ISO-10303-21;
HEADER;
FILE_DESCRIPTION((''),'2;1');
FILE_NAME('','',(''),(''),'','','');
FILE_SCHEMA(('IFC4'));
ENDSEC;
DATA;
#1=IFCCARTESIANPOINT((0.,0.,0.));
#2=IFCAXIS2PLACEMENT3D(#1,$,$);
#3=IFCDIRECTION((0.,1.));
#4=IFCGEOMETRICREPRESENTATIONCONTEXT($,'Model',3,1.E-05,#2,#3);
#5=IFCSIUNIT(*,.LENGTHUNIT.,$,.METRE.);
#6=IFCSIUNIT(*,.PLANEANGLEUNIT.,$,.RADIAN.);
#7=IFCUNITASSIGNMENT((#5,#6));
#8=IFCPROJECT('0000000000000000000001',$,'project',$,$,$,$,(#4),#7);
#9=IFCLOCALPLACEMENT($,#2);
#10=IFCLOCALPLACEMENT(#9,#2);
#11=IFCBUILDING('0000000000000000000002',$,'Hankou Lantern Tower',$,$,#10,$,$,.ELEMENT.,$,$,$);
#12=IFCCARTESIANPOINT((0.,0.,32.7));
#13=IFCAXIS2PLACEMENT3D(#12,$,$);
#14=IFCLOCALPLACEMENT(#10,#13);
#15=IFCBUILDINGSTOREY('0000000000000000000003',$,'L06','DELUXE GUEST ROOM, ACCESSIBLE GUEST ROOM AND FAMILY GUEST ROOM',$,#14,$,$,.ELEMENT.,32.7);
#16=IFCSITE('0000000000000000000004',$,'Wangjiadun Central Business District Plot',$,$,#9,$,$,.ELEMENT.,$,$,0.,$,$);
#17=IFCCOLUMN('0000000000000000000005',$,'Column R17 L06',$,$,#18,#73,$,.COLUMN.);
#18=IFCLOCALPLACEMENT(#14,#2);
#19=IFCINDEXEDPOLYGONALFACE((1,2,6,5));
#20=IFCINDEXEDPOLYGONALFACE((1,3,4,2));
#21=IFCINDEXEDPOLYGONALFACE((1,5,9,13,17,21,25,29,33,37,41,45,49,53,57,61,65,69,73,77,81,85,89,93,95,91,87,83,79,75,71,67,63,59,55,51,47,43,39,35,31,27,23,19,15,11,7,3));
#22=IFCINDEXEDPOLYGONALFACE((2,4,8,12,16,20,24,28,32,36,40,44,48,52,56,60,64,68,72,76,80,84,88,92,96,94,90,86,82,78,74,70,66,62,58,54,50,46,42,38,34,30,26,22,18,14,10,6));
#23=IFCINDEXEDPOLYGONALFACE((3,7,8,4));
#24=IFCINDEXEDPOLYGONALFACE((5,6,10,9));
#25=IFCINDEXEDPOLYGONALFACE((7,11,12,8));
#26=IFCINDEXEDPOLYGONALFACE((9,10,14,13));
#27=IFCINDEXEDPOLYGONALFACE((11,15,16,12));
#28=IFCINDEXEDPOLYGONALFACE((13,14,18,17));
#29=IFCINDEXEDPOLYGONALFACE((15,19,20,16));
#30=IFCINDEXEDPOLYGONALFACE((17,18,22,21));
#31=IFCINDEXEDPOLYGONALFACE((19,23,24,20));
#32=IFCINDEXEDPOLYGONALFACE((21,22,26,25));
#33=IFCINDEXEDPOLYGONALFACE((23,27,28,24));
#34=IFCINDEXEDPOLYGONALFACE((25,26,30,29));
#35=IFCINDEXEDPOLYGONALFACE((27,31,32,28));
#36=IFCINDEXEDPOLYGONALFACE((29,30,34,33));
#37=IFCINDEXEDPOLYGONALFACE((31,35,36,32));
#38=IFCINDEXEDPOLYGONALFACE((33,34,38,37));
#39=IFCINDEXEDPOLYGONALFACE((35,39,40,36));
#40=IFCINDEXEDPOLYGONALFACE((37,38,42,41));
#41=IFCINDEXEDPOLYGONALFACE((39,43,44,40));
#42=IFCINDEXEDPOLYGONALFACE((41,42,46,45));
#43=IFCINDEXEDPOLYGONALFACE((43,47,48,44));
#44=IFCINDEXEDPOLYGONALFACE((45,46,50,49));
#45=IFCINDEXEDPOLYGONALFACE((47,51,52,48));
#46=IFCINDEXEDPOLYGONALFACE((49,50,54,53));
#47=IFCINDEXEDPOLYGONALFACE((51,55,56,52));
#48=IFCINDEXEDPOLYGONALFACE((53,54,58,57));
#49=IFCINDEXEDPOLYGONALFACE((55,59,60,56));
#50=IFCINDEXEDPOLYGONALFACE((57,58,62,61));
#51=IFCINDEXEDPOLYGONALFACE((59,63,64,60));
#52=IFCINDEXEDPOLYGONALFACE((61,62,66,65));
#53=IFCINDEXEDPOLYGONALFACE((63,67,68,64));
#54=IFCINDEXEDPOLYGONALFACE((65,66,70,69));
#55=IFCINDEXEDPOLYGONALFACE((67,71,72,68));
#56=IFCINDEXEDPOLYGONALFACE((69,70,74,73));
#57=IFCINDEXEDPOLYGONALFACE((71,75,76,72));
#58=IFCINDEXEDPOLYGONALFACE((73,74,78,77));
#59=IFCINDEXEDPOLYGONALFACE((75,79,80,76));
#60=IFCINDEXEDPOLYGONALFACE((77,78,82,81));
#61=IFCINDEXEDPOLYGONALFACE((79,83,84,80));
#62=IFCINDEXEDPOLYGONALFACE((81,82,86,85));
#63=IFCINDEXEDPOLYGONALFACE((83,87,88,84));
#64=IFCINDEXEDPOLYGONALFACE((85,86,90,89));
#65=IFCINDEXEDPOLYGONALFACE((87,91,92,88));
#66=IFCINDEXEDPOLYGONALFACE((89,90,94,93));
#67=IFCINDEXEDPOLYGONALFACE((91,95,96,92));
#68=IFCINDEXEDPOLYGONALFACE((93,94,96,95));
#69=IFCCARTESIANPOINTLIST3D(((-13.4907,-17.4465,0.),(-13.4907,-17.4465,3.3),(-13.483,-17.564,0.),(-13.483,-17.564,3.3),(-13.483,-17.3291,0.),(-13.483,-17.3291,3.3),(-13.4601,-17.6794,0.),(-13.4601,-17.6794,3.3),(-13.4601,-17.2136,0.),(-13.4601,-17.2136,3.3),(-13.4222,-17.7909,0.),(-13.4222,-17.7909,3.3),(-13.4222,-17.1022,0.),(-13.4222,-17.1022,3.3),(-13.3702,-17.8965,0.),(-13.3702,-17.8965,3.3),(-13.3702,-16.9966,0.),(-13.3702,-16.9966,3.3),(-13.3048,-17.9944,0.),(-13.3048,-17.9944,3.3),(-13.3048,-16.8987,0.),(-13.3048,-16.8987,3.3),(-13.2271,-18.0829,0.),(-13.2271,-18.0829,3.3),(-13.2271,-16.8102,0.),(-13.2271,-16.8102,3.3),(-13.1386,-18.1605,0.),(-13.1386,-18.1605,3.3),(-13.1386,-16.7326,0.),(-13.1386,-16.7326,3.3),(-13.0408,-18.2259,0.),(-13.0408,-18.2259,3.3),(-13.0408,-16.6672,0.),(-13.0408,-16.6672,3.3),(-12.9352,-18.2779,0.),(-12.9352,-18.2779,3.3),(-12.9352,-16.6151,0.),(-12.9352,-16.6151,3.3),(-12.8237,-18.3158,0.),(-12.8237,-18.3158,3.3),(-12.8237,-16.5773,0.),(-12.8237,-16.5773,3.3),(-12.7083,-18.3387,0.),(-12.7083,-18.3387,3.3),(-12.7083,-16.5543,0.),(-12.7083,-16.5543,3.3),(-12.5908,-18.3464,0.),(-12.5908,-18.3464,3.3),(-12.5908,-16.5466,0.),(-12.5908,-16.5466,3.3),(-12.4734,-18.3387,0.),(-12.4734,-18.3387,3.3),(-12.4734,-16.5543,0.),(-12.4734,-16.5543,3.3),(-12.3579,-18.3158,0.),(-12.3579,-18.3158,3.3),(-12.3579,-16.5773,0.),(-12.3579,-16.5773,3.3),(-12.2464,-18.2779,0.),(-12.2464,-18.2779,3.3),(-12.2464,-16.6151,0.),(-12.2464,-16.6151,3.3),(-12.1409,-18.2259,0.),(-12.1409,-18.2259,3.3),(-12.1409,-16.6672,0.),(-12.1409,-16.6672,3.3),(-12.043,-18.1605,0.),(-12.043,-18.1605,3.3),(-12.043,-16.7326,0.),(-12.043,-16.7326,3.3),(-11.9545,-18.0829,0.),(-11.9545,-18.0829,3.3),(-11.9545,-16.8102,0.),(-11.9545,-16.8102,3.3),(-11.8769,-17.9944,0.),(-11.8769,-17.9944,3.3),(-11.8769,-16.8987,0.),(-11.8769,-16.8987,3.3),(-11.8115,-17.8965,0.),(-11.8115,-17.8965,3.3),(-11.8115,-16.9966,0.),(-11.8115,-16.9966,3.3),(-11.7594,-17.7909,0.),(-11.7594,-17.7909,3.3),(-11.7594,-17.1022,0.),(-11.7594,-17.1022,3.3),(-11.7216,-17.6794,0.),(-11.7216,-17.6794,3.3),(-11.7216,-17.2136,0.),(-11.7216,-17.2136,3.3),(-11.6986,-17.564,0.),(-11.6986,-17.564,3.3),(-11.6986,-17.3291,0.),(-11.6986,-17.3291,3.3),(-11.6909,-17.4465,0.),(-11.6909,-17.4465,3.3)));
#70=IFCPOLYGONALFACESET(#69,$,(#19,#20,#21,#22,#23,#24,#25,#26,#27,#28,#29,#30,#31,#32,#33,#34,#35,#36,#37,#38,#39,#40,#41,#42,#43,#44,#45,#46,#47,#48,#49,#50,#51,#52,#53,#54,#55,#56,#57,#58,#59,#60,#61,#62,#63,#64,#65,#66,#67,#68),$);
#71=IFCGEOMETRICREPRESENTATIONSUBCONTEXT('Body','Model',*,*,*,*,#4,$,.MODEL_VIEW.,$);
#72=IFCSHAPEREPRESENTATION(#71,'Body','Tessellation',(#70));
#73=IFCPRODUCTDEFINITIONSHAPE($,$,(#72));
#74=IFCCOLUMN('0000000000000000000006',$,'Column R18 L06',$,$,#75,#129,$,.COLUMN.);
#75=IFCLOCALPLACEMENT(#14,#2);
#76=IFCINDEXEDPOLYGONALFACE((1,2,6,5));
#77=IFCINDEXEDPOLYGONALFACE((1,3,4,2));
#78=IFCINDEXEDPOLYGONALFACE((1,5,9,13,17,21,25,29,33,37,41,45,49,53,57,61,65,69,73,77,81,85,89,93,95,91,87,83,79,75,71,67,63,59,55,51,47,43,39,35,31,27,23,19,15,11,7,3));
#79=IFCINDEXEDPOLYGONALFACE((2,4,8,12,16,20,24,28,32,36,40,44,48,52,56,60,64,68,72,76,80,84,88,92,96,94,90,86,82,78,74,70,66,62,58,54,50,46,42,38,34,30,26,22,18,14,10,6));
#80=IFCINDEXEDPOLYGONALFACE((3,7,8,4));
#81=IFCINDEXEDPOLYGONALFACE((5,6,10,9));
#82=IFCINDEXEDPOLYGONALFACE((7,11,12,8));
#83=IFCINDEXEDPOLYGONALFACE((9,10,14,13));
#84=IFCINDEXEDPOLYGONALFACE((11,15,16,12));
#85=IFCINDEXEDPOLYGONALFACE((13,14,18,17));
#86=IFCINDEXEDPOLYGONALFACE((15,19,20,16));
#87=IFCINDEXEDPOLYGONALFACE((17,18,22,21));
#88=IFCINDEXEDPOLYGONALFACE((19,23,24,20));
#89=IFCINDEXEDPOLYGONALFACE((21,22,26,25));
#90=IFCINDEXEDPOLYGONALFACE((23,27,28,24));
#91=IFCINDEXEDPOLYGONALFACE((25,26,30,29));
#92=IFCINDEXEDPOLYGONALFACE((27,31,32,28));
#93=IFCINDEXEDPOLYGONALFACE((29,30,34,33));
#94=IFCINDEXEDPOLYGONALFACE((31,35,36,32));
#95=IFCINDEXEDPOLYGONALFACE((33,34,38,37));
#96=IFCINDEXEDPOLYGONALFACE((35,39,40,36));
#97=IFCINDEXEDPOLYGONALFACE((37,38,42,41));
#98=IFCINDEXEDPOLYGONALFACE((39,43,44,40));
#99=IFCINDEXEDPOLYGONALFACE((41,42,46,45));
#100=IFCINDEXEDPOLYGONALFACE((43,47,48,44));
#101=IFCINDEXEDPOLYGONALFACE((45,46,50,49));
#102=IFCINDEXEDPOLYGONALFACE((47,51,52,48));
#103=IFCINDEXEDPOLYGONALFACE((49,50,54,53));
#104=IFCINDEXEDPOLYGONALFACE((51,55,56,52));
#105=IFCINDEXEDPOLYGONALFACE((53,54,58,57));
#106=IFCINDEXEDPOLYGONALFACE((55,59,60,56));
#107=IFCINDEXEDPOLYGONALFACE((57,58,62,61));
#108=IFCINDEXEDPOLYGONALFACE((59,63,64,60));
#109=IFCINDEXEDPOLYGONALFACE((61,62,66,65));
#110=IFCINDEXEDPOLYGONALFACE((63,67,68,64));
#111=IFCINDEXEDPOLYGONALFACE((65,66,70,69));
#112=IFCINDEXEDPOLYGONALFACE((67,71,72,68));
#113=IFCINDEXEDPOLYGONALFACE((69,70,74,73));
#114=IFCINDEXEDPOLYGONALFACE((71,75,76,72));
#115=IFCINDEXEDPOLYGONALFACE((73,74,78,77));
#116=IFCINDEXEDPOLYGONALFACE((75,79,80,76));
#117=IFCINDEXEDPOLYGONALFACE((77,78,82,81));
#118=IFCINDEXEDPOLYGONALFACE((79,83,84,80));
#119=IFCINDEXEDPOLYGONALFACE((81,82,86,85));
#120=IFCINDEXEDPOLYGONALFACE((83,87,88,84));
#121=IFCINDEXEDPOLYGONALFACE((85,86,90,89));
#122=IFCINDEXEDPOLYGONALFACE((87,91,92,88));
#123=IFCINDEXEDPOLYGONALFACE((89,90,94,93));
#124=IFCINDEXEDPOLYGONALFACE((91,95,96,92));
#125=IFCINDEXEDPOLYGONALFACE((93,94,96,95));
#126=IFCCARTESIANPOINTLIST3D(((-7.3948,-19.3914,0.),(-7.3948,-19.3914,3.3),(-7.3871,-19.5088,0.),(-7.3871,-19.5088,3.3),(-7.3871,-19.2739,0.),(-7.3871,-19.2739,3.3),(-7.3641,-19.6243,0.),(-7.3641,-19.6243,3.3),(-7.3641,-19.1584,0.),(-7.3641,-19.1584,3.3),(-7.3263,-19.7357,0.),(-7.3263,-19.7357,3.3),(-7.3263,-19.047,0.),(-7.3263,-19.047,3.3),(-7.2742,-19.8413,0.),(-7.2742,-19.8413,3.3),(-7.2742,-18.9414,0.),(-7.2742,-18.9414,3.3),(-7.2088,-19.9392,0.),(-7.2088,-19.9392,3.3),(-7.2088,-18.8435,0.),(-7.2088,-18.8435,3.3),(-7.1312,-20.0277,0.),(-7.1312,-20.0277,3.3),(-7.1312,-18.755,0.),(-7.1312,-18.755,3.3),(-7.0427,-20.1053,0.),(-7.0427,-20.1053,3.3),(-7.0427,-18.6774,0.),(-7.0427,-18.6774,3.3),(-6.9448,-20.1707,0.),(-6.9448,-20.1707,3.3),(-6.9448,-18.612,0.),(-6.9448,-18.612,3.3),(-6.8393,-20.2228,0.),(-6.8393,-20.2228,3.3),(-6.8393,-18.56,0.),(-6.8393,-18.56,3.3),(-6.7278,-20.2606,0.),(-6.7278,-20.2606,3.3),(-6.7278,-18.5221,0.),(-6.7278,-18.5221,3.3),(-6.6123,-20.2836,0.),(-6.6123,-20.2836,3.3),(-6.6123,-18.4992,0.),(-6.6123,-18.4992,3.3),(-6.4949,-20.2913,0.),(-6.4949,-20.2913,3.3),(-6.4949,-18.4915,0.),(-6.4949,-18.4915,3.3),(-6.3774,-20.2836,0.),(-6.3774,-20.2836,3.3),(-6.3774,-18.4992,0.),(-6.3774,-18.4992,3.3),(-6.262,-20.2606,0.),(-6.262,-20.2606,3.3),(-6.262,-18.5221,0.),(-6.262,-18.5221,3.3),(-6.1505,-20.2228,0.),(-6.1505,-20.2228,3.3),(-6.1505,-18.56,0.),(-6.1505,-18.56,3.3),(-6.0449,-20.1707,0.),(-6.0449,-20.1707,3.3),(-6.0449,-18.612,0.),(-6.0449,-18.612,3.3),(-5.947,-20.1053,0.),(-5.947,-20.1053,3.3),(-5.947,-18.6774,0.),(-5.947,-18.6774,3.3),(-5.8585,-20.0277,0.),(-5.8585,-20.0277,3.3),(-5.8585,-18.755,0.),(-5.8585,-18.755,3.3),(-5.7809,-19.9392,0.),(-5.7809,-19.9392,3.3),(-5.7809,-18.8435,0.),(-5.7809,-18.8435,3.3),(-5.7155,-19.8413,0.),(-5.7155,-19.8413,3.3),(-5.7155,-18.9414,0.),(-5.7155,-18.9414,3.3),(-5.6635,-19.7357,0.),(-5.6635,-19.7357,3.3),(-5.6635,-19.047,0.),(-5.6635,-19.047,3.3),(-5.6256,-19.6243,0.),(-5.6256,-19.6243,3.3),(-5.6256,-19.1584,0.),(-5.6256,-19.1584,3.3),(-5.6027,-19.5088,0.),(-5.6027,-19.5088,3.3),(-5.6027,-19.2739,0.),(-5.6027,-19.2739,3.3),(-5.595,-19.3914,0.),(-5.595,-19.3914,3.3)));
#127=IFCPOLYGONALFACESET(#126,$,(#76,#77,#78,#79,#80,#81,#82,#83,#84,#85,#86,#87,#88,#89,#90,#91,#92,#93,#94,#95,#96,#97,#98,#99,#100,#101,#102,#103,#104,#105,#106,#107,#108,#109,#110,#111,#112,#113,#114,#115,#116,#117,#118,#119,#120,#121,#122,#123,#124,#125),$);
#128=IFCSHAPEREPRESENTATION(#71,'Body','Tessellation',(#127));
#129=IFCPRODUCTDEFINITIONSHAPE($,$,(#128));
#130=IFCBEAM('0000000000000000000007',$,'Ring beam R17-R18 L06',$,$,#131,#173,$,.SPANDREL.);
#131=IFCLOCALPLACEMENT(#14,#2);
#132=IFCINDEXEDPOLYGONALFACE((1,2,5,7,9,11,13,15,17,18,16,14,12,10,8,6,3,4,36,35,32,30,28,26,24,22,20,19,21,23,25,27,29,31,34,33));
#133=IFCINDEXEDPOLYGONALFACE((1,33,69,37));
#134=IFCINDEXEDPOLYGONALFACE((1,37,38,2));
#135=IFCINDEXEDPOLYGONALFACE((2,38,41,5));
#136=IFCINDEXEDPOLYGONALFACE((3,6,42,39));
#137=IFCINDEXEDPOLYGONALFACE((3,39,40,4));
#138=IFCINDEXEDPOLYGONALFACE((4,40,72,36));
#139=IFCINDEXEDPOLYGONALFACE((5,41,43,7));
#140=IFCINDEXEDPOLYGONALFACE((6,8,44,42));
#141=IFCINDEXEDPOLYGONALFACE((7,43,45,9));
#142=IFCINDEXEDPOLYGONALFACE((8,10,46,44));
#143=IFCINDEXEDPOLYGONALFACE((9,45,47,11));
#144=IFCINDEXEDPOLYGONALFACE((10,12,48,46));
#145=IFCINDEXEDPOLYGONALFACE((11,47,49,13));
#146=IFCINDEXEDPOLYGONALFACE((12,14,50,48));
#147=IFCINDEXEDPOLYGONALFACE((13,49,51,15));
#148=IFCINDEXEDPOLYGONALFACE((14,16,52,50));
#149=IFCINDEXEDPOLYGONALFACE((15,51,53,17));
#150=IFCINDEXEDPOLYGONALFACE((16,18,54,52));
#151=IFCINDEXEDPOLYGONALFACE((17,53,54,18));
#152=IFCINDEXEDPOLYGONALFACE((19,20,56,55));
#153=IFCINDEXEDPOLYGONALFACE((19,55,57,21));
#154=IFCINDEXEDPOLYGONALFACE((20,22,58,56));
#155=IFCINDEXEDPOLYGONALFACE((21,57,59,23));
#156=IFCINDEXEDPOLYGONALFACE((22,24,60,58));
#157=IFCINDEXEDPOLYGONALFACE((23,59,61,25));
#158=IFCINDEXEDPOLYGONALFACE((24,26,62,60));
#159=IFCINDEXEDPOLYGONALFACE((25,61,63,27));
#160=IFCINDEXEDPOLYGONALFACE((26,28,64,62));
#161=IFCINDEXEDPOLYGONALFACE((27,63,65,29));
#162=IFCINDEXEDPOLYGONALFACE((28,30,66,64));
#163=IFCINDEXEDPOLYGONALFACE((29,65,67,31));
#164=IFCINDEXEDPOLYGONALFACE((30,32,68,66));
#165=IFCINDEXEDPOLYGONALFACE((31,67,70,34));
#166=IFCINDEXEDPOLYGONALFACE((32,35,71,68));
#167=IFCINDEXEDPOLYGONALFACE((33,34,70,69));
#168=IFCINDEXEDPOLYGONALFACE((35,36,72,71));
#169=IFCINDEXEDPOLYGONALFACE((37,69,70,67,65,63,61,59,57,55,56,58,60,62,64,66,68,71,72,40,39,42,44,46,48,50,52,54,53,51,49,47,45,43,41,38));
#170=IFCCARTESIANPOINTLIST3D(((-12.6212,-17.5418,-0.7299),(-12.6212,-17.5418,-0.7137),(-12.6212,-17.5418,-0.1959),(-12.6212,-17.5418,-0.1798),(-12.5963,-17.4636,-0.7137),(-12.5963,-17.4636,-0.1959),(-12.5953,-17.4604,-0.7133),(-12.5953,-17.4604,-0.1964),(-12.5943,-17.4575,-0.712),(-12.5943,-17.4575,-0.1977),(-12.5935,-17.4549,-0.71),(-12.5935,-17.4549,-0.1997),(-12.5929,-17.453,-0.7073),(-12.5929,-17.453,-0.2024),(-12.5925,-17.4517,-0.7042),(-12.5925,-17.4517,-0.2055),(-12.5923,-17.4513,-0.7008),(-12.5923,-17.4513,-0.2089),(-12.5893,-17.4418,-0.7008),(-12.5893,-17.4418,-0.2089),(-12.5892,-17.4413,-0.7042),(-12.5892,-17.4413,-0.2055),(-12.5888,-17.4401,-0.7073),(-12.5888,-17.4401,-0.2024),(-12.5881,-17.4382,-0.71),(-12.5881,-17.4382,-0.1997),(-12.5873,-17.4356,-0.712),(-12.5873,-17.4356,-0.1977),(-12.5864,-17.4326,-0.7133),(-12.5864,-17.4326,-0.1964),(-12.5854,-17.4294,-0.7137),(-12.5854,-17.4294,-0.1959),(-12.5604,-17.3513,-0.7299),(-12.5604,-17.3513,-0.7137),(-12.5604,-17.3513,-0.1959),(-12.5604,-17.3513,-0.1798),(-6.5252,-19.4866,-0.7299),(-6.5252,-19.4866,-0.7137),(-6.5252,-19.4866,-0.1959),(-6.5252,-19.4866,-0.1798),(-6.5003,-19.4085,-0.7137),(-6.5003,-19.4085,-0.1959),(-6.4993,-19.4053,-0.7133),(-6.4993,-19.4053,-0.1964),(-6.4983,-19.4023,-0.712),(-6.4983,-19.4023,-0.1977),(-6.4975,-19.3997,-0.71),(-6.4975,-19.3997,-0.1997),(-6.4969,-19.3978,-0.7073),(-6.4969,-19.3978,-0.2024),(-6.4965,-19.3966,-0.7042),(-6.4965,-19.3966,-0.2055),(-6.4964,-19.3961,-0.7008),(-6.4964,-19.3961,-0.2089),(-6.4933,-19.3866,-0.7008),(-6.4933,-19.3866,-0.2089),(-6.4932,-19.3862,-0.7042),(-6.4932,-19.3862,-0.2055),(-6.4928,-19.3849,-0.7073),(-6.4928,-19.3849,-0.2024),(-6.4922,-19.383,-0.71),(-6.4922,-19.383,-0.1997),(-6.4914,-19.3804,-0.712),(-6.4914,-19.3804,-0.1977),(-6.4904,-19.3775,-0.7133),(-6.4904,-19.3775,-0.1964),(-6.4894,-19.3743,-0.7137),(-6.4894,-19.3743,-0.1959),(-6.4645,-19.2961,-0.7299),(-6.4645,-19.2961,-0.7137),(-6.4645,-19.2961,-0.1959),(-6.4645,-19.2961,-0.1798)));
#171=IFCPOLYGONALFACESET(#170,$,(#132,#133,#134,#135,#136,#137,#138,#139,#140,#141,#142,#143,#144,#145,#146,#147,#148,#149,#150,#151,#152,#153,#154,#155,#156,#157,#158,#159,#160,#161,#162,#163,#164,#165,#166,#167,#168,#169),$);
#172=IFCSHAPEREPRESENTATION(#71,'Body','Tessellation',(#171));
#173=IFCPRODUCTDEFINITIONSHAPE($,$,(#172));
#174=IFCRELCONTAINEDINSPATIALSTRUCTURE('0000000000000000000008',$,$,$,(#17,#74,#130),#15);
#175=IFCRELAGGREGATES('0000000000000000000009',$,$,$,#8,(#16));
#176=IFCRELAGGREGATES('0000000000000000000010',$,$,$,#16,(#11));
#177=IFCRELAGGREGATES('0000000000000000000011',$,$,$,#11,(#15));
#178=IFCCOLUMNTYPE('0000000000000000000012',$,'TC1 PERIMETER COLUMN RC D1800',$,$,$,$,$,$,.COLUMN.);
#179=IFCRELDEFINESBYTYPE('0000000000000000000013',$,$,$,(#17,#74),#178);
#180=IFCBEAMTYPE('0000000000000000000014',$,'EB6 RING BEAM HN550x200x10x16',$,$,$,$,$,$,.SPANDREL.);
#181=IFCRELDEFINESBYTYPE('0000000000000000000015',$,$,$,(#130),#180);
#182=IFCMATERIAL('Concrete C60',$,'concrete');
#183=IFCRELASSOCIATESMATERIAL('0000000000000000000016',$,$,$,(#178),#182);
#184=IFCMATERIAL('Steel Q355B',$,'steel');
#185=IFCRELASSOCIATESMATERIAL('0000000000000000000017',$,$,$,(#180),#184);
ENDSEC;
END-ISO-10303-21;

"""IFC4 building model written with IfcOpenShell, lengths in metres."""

from ifc_helpers import new_model, si_unit, direction, frame, origin, origin_2d, place, context, subcontext, project, spatial, circle, i_section, extrude, material, material_profile, profile_set, type_object, element, save


model = new_model("IFC4")

# Units and contexts
model_context = context("Model", 3, precision=1e-05, world=origin(), true_north=direction((0.0, 1.0)))
body_context = subcontext(model_context, "Body", "Model", "MODEL_VIEW")
ifc_project = project(units=[si_unit("LENGTHUNIT", "METRE"), si_unit("PLANEANGLEUNIT", "RADIAN")], contexts=[model_context])

# Site, building, storey
site_placement = place(None, origin())
site = spatial("IfcSite", under=ifc_project, at=site_placement, Name="Wangjiadun Central Business District Plot", CompositionType="ELEMENT", RefElevation=0.0)
building_placement = place(site_placement, origin())
building = spatial("IfcBuilding", under=site, at=building_placement, Name="Hankou Lantern Tower", CompositionType="ELEMENT")
storey_placement = place(building_placement, frame((0.0, 0.0, 32.7)))
storey = spatial("IfcBuildingStorey", under=building, at=storey_placement, Name="L06", Description="DELUXE GUEST ROOM, ACCESSIBLE GUEST ROOM AND FAMILY GUEST ROOM", CompositionType="ELEMENT", Elevation=32.7)

# Columns
ifc_material_1 = material(Name="Concrete C60", Category="concrete")
ifc_material_profile_1 = material_profile(ifc_material_1, circle(Radius=0.8999, at=origin_2d()), Name="RC D1800")
ifc_profile_set_1 = profile_set([ifc_material_profile_1], Name="Concrete C60")
column_type = type_object("IfcColumnType", Name="TC1 PERIMETER COLUMN RC D1800", PredefinedType="COLUMN", material=ifc_profile_set_1)
for number, where, z_axis, x_axis, name in (
    (1, (-12.5908, -17.4465, 0.0), (0.0, 0.0, 1.0), (1.0, 0.0, 0.0), "Column R17 L06"),
    (2, (-6.4949, -19.3914, 0.0), (0.0, 0.0, 1.0), (1.0, 0.0, 0.0), "Column R18 L06"),
):
    element("IfcColumn", number, at=place(storey_placement, frame(where, z_axis=z_axis, x_axis=x_axis)), inside=storey, type_object=column_type, Name=name, PredefinedType="COLUMN", context=body_context, shape_type="SweptSolid", body=[
        extrude(circle(Radius=0.8999, at=origin_2d()), origin(), (0.0, 0.0, 1.0), 3.3),
    ])

# Beam
ifc_material_2 = material(Name="Steel Q355B", Category="steel")
ifc_material_profile_2 = material_profile(ifc_material_2, i_section(OverallWidth=0.2, OverallDepth=0.55, WebThickness=0.01, FlangeThickness=0.0161, FilletRadius=0.0129, at=origin_2d()), Name="HN550x200x10x16")
ifc_profile_set_2 = profile_set([ifc_material_profile_2], Name="Steel Q355B")
beam_type_1 = type_object("IfcBeamType", Name="EB6 RING BEAM HN550x200x10x16", PredefinedType="SPANDREL", material=ifc_profile_set_2)
beam_1_placement = place(storey_placement, frame((-12.5908, -17.4465, -0.4548), z_axis=(0.95269, -0.303942, 0.0), x_axis=(0.303942, 0.95269, 0.0)))
element("IfcBeam", 3, at=beam_1_placement, inside=storey, type_object=beam_type_1, Name="Ring beam R17-R18 L06", PredefinedType="SPANDREL", context=body_context, shape_type="SweptSolid", body=[
    extrude(i_section(OverallWidth=0.2, OverallDepth=0.55, WebThickness=0.01, FlangeThickness=0.0161, FilletRadius=0.0129, at=origin_2d()), origin(), (0.0, 0.0, 1.0), 6.3987),
])

save(model, "model.ifc")
